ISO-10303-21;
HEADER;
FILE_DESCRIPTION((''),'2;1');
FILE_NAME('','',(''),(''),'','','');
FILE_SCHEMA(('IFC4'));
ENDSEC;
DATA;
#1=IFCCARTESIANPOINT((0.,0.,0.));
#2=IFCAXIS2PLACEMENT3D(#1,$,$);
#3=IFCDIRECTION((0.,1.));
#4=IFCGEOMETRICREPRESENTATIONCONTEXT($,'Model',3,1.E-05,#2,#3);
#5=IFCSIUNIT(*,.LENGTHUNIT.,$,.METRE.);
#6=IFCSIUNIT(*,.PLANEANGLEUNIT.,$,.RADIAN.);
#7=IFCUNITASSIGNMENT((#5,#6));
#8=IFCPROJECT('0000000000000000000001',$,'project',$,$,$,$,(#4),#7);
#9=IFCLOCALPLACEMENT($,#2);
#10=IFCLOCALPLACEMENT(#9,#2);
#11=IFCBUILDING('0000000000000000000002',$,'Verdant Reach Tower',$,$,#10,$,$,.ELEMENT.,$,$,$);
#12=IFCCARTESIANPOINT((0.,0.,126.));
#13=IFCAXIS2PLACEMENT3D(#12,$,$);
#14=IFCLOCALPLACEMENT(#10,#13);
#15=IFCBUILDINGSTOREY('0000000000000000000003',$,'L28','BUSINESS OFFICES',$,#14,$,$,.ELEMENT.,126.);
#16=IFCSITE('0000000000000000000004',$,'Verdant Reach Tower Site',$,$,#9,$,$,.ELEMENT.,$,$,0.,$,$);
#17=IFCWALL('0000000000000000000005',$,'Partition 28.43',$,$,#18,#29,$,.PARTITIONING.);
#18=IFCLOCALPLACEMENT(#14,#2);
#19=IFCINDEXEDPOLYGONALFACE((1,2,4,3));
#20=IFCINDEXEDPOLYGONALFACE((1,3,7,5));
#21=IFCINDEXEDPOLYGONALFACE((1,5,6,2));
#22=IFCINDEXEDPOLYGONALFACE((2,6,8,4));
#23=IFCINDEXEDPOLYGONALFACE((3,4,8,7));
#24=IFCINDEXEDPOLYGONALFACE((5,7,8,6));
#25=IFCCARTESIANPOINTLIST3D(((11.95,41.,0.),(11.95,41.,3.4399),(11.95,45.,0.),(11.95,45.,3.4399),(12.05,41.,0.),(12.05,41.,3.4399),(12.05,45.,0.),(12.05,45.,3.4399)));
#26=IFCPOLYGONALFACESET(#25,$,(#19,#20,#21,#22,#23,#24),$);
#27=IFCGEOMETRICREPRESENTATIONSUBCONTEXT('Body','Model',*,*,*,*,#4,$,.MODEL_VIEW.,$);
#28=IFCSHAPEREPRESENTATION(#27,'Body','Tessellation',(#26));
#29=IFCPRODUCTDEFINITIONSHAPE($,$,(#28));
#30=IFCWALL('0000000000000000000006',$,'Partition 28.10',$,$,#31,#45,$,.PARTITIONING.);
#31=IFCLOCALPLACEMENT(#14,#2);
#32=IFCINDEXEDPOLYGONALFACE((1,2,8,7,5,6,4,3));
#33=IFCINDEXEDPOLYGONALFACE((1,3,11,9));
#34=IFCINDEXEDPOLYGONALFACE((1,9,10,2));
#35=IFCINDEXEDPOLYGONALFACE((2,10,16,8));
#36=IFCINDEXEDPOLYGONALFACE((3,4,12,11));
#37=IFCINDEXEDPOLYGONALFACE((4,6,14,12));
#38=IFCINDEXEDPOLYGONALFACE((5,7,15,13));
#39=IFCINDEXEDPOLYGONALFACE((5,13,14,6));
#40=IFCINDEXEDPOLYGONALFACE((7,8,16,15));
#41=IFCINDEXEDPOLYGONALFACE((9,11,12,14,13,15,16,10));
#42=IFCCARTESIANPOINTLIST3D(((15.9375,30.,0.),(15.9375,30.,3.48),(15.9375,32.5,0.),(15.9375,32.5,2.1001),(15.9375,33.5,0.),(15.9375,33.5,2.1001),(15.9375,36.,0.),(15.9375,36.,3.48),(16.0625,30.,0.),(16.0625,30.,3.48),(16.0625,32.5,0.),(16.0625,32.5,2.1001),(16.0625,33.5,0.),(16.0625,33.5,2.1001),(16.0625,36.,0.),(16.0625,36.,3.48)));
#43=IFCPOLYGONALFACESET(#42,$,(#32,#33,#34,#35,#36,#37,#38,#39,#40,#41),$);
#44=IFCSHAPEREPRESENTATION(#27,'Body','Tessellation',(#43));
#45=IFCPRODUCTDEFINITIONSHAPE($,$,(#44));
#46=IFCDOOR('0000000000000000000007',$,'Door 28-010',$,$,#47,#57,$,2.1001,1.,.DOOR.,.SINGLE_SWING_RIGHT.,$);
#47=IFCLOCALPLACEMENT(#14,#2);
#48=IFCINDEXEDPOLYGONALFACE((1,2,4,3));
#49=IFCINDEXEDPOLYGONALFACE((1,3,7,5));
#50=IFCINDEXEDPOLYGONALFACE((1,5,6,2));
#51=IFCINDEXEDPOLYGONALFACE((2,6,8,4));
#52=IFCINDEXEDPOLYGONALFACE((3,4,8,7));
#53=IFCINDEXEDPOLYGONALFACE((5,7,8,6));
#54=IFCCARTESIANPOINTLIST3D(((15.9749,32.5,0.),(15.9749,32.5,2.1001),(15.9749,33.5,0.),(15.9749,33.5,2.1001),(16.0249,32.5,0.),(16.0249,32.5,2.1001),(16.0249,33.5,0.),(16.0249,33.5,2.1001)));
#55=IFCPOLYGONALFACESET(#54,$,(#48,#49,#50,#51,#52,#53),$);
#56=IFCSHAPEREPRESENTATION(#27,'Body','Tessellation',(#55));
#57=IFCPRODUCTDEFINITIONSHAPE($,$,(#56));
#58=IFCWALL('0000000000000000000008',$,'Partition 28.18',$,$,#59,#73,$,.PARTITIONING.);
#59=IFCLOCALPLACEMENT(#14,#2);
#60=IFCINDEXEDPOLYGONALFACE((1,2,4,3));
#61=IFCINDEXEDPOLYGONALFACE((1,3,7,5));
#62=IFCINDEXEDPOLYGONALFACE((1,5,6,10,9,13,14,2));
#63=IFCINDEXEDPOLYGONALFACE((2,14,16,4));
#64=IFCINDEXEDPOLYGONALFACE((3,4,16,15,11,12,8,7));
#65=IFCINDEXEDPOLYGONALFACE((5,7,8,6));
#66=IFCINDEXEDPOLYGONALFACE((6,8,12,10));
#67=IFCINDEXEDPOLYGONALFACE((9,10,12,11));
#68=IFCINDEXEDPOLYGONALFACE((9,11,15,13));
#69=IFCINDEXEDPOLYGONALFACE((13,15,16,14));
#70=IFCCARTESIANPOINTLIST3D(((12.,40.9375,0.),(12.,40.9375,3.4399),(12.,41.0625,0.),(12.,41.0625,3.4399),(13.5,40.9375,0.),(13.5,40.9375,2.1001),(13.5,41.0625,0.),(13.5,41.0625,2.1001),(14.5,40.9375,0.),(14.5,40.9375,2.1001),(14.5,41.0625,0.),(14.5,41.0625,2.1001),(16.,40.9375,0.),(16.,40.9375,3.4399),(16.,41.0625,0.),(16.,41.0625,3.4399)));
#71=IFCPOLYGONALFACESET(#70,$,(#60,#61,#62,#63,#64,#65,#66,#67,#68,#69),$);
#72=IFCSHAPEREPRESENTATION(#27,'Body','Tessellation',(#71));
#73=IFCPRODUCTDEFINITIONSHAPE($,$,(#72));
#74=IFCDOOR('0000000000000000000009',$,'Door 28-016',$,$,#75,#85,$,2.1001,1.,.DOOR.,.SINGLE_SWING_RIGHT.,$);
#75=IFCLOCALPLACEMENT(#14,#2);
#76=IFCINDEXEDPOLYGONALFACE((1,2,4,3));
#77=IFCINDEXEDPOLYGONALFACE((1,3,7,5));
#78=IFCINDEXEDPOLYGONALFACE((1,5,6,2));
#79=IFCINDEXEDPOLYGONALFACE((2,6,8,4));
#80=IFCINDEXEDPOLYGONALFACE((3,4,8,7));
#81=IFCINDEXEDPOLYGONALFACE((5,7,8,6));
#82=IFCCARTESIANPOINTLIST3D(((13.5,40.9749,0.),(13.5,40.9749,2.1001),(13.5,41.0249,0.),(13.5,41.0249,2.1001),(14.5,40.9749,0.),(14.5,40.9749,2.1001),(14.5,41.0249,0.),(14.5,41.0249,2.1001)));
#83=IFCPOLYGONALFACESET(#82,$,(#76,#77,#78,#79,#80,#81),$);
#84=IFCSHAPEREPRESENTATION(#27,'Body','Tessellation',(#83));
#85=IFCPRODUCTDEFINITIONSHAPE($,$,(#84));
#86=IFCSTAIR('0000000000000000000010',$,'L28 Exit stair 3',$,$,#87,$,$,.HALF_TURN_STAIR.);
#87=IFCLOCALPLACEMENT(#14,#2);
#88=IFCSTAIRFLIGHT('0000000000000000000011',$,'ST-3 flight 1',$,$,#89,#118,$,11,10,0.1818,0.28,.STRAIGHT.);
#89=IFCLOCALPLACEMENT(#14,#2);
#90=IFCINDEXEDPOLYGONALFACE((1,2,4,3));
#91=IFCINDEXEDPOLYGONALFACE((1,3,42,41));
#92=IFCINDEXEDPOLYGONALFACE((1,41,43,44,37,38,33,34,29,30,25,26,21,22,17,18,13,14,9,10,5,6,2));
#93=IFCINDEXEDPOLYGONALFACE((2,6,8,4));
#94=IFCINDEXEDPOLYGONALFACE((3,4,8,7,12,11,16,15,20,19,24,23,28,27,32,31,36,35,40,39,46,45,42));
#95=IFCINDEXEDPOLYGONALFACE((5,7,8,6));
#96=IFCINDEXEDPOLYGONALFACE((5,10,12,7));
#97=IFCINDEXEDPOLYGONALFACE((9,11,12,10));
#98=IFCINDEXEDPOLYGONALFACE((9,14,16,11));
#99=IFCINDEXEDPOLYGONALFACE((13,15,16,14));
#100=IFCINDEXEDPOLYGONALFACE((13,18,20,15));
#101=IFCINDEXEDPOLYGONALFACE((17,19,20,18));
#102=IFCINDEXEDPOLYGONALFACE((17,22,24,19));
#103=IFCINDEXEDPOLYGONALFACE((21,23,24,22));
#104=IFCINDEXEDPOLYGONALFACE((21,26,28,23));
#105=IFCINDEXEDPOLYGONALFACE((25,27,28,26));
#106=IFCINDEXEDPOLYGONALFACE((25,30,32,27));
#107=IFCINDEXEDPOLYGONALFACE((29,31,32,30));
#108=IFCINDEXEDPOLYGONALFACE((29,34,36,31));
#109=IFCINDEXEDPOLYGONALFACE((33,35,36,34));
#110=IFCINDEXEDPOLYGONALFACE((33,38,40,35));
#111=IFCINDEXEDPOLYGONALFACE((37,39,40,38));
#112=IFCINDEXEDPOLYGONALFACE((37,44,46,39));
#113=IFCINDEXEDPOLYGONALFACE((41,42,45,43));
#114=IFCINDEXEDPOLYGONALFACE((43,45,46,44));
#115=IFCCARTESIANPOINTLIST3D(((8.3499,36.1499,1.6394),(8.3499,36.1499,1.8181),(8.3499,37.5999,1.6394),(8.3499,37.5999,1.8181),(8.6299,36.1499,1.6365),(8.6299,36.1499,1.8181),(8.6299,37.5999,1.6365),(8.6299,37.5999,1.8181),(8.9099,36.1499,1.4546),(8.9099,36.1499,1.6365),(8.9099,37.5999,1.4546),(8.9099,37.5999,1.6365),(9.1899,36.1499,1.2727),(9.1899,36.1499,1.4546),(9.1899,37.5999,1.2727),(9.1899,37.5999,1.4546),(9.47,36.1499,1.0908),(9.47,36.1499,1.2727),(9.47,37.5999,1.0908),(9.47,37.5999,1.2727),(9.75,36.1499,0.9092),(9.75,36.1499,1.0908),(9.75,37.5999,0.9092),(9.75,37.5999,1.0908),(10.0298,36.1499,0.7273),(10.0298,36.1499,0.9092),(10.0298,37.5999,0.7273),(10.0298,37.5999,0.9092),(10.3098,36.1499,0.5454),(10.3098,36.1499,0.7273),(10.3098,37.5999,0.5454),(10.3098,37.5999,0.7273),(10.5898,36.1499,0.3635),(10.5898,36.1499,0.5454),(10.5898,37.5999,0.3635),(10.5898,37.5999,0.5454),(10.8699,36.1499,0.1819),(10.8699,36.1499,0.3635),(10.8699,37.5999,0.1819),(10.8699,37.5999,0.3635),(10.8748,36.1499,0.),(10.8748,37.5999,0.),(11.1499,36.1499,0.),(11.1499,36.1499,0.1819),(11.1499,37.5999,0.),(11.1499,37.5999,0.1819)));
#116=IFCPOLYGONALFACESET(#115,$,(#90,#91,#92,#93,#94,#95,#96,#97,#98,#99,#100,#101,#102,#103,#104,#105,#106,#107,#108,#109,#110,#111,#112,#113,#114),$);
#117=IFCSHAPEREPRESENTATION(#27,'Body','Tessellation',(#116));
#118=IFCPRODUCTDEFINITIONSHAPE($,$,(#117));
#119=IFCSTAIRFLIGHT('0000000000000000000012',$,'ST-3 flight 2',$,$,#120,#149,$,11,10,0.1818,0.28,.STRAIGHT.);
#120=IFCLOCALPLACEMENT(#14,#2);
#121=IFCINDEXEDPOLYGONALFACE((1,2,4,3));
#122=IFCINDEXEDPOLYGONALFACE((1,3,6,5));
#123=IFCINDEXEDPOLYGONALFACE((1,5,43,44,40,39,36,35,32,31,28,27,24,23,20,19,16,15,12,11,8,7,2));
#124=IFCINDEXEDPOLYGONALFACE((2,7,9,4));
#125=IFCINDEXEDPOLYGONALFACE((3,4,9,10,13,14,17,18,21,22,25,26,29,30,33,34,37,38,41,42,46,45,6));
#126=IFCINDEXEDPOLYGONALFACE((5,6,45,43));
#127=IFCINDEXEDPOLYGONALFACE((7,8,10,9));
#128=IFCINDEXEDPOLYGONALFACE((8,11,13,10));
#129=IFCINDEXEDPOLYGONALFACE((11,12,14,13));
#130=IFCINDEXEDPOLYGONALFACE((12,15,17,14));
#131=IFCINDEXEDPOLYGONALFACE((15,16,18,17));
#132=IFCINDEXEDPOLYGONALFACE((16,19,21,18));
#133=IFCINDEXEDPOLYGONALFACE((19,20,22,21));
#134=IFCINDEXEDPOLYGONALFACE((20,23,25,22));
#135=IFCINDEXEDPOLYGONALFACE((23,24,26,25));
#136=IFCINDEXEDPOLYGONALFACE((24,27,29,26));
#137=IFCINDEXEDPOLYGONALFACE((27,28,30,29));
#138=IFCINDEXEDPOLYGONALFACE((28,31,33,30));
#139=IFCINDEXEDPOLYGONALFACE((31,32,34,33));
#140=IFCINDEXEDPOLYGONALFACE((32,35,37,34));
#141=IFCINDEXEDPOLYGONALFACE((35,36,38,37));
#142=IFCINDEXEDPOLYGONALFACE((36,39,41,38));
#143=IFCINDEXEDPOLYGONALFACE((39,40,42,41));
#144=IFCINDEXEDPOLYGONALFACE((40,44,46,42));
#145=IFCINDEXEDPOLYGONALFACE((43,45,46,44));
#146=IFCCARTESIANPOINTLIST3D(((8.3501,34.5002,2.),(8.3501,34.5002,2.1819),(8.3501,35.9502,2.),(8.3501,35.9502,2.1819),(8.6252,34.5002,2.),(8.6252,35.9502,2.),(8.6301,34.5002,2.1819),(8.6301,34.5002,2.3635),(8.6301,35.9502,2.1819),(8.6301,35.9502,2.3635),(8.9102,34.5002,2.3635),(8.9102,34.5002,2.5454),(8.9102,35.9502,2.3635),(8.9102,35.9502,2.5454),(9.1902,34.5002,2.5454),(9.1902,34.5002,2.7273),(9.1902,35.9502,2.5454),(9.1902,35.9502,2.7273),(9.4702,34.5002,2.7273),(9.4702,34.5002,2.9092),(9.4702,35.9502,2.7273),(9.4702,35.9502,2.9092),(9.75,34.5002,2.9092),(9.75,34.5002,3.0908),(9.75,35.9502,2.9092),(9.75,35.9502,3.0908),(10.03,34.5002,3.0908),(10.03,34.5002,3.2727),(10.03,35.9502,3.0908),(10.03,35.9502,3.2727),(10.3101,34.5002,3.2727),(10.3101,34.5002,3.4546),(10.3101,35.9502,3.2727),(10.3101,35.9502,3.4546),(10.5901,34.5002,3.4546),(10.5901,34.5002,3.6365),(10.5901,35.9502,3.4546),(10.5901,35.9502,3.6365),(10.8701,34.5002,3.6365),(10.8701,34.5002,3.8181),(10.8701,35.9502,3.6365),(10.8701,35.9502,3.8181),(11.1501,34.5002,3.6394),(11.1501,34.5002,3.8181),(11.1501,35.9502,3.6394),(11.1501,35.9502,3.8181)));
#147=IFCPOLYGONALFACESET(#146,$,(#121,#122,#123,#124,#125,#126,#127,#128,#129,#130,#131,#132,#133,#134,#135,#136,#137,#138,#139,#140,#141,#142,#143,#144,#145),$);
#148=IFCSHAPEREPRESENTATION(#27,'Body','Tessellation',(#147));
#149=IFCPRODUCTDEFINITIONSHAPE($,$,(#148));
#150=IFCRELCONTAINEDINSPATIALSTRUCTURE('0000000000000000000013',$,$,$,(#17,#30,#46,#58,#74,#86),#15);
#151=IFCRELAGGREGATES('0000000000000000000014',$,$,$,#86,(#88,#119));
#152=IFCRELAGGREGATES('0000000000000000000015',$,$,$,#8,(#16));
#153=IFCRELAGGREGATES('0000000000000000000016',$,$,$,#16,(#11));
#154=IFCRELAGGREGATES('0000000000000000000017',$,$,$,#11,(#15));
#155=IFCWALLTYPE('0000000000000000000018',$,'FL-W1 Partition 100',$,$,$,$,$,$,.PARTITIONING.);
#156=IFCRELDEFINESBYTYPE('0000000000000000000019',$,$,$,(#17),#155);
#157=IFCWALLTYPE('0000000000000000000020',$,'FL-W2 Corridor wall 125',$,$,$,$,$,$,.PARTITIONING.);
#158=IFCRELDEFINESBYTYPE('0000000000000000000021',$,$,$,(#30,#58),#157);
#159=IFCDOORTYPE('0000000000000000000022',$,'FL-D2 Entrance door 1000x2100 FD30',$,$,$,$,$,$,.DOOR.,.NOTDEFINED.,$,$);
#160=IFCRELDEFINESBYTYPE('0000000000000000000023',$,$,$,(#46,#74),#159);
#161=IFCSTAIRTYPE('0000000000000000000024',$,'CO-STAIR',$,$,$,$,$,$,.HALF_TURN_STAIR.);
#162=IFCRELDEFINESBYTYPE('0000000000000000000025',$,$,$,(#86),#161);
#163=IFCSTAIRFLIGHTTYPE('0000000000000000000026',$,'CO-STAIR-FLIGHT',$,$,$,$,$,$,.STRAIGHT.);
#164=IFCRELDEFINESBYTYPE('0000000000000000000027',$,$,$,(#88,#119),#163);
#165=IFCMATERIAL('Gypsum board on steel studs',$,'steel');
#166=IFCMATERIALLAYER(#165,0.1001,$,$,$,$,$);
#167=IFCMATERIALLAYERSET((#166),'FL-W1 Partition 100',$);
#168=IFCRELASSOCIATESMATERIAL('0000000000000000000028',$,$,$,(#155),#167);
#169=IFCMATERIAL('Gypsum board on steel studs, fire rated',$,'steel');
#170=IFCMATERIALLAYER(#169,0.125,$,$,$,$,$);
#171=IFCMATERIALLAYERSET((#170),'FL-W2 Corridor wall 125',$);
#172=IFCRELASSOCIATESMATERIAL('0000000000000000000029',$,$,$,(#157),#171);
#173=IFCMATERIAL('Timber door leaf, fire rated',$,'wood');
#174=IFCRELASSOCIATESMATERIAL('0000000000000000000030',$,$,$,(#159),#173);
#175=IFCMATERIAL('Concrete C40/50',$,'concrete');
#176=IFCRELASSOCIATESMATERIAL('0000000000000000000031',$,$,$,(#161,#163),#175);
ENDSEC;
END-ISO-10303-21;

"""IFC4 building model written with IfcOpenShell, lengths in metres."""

from ifc_helpers import new_model, si_unit, direction, frame, frame_2d, origin, place, context, subcontext, project, spatial, polyline, rectangle, outline, extrude, material, layer, layer_set, type_object, element, fill, aggregate, save


model = new_model("IFC4")

# Units and contexts
model_context = context("Model", 3, precision=1e-05, world=origin(), true_north=direction((0.0, 1.0)))
body_context = subcontext(model_context, "Body", "Model", "MODEL_VIEW")
ifc_project = project(units=[si_unit("LENGTHUNIT", "METRE"), si_unit("PLANEANGLEUNIT", "RADIAN")], contexts=[model_context])

# Site, building, storey
site_placement = place(None, origin())
site = spatial("IfcSite", under=ifc_project, at=site_placement, Name="Verdant Reach Tower Site", CompositionType="ELEMENT", RefElevation=0.0)
building_placement = place(site_placement, origin())
building = spatial("IfcBuilding", under=site, at=building_placement, Name="Verdant Reach Tower", CompositionType="ELEMENT")
storey_placement = place(building_placement, frame((0.0, 0.0, 126.0)))
storey = spatial("IfcBuildingStorey", under=building, at=storey_placement, Name="L28", Description="BUSINESS OFFICES", CompositionType="ELEMENT", Elevation=126.0)

# Shared definitions
ifc_material_1 = material(Name="Concrete C40/50", Category="concrete")

# Wall
ifc_material_2 = material(Name="Gypsum board on steel studs", Category="steel")
ifc_layer_1 = layer(ifc_material_2, 0.1001)
ifc_layer_set_1 = layer_set([ifc_layer_1], Name="FL-W1 Partition 100")
wall_type_1 = type_object("IfcWallType", Name="FL-W1 Partition 100", PredefinedType="PARTITIONING", material=ifc_layer_set_1)
wall_1_placement = place(storey_placement, frame((12.0, 41.0, 0.0), z_axis=(0.0, 0.0, 1.0), x_axis=(0.0, 1.0, 0.0)))
element("IfcWall", 1, at=wall_1_placement, inside=storey, type_object=wall_type_1, Name="Partition 28.43", PredefinedType="PARTITIONING", context=body_context, shape_type="SweptSolid", body=[
    extrude(rectangle(XDim=4.0, YDim=0.1001, at=frame_2d((2.0, 0.0))), origin(), (0.0, 0.0, 1.0), 3.4399),
])

# Walls, openings, doors
ifc_material_3 = material(Name="Gypsum board on steel studs, fire rated", Category="steel")
ifc_layer_2 = layer(ifc_material_3, 0.125)
ifc_layer_set_2 = layer_set([ifc_layer_2], Name="FL-W2 Corridor wall 125")
wall_type_2 = type_object("IfcWallType", Name="FL-W2 Corridor wall 125", PredefinedType="PARTITIONING", material=ifc_layer_set_2)
wall_2_placement = place(storey_placement, frame((16.0, 36.0, 0.0), z_axis=(0.0, 0.0, 1.0), x_axis=(0.0, -1.0, 0.0)))
wall_2 = element("IfcWall", 2, at=wall_2_placement, inside=storey, type_object=wall_type_2, Name="Partition 28.10", PredefinedType="PARTITIONING", context=body_context, shape_type="SweptSolid", body=[
    extrude(rectangle(XDim=6.0, YDim=0.125, at=frame_2d((3.0, 0.0))), origin(), (0.0, 0.0, 1.0), 3.48),
])
opening_1_placement = place(wall_2_placement, frame((2.5, 0.0, 0.0)))
opening_1 = element("IfcOpeningElement", 3, at=opening_1_placement, cuts=wall_2, PredefinedType="OPENING", context=body_context, shape_type="SweptSolid", body=[
    extrude(rectangle(XDim=1.0, YDim=2.1001, at=frame_2d((0.5, 1.05))), frame((0.0, 0.0725, 0.0), z_axis=(0.0, -1.0, 0.0), x_axis=(1.0, 0.0, 0.0)), (0.0, 0.0, 1.0), 0.145),
])
ifc_material_4 = material(Name="Timber door leaf, fire rated", Category="wood")
door_type_1 = type_object("IfcDoorType", Name="FL-D2 Entrance door 1000x2100 FD30", OperationType="NOTDEFINED", PredefinedType="DOOR", material=ifc_material_4)
door_1_placement = place(opening_1_placement, origin())
door_1 = element("IfcDoor", 4, at=door_1_placement, inside=storey, type_object=door_type_1, Name="Door 28-010", OperationType="SINGLE_SWING_RIGHT", OverallHeight=2.1001, OverallWidth=1.0, PredefinedType="DOOR", context=body_context, shape_type="SweptSolid", body=[
    extrude(rectangle(XDim=1.0, YDim=2.1001, at=frame_2d((0.5, 1.05))), frame((0.0, 0.0249, 0.0), z_axis=(0.0, -1.0, 0.0), x_axis=(1.0, 0.0, 0.0)), (0.0, 0.0, 1.0), 0.05),
])
fill(opening_1, door_1)
wall_3_placement = place(storey_placement, frame((12.0, 41.0, 0.0), z_axis=(0.0, 0.0, 1.0), x_axis=(1.0, 0.0, 0.0)))
wall_3 = element("IfcWall", 5, at=wall_3_placement, inside=storey, type_object=wall_type_2, Name="Partition 28.18", PredefinedType="PARTITIONING", context=body_context, shape_type="SweptSolid", body=[
    extrude(rectangle(XDim=4.0, YDim=0.125, at=frame_2d((2.0, 0.0))), origin(), (0.0, 0.0, 1.0), 3.4399),
])
opening_2_placement = place(wall_3_placement, frame((1.5, 0.0, 0.0)))
opening_2 = element("IfcOpeningElement", 6, at=opening_2_placement, cuts=wall_3, PredefinedType="OPENING", context=body_context, shape_type="SweptSolid", body=[
    extrude(rectangle(XDim=1.0, YDim=2.1001, at=frame_2d((0.5, 1.05))), frame((0.0, 0.0725, 0.0), z_axis=(0.0, -1.0, 0.0), x_axis=(1.0, 0.0, 0.0)), (0.0, 0.0, 1.0), 0.145),
])
door_2_placement = place(opening_2_placement, origin())
door_2 = element("IfcDoor", 7, at=door_2_placement, inside=storey, type_object=door_type_1, Name="Door 28-016", OperationType="SINGLE_SWING_RIGHT", OverallHeight=2.1001, OverallWidth=1.0, PredefinedType="DOOR", context=body_context, shape_type="SweptSolid", body=[
    extrude(rectangle(XDim=1.0, YDim=2.1001, at=frame_2d((0.5, 1.05))), frame((0.0, 0.0249, 0.0), z_axis=(0.0, -1.0, 0.0), x_axis=(1.0, 0.0, 0.0)), (0.0, 0.0, 1.0), 0.05),
])
fill(opening_2, door_2)

# Stair, stair flights
stair_type = type_object("IfcStairType", Name="CO-STAIR", PredefinedType="HALF_TURN_STAIR", material=ifc_material_1)
stair_placement = place(storey_placement, origin())
stair = element("IfcStair", 8, at=stair_placement, inside=storey, type_object=stair_type, Name="L28 Exit stair 3", PredefinedType="HALF_TURN_STAIR")
stair_flight_type = type_object("IfcStairFlightType", Name="CO-STAIR-FLIGHT", PredefinedType="STRAIGHT", material=ifc_material_1)
stair_flight_1_placement = place(storey_placement, frame((11.1499, 36.875, 0.0), z_axis=(0.0, 0.0, 1.0), x_axis=(-1.0, 0.0, 0.0)))
stair_flight_1 = element("IfcStairFlight", 9, at=stair_flight_1_placement, type_object=stair_flight_type, Name="ST-3 flight 1", NumberOfRisers=11, NumberOfTreads=10, PredefinedType="STRAIGHT", RiserHeight=0.1818, TreadLength=0.28, context=body_context, shape_type="SweptSolid", body=[
    extrude(outline(polyline([(0.0, 0.0), (0.0, 0.1819), (0.28, 0.1819), (0.28, 0.3635), (0.5601, 0.3635), (0.5601, 0.5454), (0.8401, 0.5454), (0.8401, 0.7273), (1.1201, 0.7273), (1.1201, 0.9092), (1.3999, 0.9092), (1.3999, 1.0908), (1.6799, 1.0908), (1.6799, 1.2727), (1.96, 1.2727), (1.96, 1.4546), (2.24, 1.4546), (2.24, 1.6365), (2.52, 1.6365), (2.52, 1.8181), (2.8, 1.8181), (2.8, 2.0), (2.8, 1.6394), (0.2751, 0.0), (0.0, 0.0)])), frame((0.0, 0.7251, 0.0), z_axis=(0.0, -1.0, 0.0), x_axis=(1.0, 0.0, 0.0)), (0.0, 0.0, 1.0), 1.45),
])
stair_flight_2_placement = place(storey_placement, frame((8.3501, 35.2251, 2.0), z_axis=(0.0, 0.0, 1.0), x_axis=(1.0, 0.0, 0.0)))
stair_flight_2 = element("IfcStairFlight", 10, at=stair_flight_2_placement, type_object=stair_flight_type, Name="ST-3 flight 2", NumberOfRisers=11, NumberOfTreads=10, PredefinedType="STRAIGHT", RiserHeight=0.1818, TreadLength=0.28, context=body_context, shape_type="SweptSolid", body=[
    extrude(outline(polyline([(0.0, 0.0), (0.0, 0.1819), (0.28, 0.1819), (0.28, 0.3635), (0.5601, 0.3635), (0.5601, 0.5454), (0.8401, 0.5454), (0.8401, 0.7273), (1.1201, 0.7273), (1.1201, 0.9092), (1.3999, 0.9092), (1.3999, 1.0908), (1.6799, 1.0908), (1.6799, 1.2727), (1.96, 1.2727), (1.96, 1.4546), (2.24, 1.4546), (2.24, 1.6365), (2.52, 1.6365), (2.52, 1.8181), (2.8, 1.8181), (2.8, 2.0), (2.8, 1.6394), (0.2751, 0.0), (0.0, 0.0)])), frame((0.0, 0.7251, 0.0), z_axis=(0.0, -1.0, 0.0), x_axis=(1.0, 0.0, 0.0)), (0.0, 0.0, 1.0), 1.45),
])
aggregate(stair, [stair_flight_1, stair_flight_2])

save(model, "model.ifc")
